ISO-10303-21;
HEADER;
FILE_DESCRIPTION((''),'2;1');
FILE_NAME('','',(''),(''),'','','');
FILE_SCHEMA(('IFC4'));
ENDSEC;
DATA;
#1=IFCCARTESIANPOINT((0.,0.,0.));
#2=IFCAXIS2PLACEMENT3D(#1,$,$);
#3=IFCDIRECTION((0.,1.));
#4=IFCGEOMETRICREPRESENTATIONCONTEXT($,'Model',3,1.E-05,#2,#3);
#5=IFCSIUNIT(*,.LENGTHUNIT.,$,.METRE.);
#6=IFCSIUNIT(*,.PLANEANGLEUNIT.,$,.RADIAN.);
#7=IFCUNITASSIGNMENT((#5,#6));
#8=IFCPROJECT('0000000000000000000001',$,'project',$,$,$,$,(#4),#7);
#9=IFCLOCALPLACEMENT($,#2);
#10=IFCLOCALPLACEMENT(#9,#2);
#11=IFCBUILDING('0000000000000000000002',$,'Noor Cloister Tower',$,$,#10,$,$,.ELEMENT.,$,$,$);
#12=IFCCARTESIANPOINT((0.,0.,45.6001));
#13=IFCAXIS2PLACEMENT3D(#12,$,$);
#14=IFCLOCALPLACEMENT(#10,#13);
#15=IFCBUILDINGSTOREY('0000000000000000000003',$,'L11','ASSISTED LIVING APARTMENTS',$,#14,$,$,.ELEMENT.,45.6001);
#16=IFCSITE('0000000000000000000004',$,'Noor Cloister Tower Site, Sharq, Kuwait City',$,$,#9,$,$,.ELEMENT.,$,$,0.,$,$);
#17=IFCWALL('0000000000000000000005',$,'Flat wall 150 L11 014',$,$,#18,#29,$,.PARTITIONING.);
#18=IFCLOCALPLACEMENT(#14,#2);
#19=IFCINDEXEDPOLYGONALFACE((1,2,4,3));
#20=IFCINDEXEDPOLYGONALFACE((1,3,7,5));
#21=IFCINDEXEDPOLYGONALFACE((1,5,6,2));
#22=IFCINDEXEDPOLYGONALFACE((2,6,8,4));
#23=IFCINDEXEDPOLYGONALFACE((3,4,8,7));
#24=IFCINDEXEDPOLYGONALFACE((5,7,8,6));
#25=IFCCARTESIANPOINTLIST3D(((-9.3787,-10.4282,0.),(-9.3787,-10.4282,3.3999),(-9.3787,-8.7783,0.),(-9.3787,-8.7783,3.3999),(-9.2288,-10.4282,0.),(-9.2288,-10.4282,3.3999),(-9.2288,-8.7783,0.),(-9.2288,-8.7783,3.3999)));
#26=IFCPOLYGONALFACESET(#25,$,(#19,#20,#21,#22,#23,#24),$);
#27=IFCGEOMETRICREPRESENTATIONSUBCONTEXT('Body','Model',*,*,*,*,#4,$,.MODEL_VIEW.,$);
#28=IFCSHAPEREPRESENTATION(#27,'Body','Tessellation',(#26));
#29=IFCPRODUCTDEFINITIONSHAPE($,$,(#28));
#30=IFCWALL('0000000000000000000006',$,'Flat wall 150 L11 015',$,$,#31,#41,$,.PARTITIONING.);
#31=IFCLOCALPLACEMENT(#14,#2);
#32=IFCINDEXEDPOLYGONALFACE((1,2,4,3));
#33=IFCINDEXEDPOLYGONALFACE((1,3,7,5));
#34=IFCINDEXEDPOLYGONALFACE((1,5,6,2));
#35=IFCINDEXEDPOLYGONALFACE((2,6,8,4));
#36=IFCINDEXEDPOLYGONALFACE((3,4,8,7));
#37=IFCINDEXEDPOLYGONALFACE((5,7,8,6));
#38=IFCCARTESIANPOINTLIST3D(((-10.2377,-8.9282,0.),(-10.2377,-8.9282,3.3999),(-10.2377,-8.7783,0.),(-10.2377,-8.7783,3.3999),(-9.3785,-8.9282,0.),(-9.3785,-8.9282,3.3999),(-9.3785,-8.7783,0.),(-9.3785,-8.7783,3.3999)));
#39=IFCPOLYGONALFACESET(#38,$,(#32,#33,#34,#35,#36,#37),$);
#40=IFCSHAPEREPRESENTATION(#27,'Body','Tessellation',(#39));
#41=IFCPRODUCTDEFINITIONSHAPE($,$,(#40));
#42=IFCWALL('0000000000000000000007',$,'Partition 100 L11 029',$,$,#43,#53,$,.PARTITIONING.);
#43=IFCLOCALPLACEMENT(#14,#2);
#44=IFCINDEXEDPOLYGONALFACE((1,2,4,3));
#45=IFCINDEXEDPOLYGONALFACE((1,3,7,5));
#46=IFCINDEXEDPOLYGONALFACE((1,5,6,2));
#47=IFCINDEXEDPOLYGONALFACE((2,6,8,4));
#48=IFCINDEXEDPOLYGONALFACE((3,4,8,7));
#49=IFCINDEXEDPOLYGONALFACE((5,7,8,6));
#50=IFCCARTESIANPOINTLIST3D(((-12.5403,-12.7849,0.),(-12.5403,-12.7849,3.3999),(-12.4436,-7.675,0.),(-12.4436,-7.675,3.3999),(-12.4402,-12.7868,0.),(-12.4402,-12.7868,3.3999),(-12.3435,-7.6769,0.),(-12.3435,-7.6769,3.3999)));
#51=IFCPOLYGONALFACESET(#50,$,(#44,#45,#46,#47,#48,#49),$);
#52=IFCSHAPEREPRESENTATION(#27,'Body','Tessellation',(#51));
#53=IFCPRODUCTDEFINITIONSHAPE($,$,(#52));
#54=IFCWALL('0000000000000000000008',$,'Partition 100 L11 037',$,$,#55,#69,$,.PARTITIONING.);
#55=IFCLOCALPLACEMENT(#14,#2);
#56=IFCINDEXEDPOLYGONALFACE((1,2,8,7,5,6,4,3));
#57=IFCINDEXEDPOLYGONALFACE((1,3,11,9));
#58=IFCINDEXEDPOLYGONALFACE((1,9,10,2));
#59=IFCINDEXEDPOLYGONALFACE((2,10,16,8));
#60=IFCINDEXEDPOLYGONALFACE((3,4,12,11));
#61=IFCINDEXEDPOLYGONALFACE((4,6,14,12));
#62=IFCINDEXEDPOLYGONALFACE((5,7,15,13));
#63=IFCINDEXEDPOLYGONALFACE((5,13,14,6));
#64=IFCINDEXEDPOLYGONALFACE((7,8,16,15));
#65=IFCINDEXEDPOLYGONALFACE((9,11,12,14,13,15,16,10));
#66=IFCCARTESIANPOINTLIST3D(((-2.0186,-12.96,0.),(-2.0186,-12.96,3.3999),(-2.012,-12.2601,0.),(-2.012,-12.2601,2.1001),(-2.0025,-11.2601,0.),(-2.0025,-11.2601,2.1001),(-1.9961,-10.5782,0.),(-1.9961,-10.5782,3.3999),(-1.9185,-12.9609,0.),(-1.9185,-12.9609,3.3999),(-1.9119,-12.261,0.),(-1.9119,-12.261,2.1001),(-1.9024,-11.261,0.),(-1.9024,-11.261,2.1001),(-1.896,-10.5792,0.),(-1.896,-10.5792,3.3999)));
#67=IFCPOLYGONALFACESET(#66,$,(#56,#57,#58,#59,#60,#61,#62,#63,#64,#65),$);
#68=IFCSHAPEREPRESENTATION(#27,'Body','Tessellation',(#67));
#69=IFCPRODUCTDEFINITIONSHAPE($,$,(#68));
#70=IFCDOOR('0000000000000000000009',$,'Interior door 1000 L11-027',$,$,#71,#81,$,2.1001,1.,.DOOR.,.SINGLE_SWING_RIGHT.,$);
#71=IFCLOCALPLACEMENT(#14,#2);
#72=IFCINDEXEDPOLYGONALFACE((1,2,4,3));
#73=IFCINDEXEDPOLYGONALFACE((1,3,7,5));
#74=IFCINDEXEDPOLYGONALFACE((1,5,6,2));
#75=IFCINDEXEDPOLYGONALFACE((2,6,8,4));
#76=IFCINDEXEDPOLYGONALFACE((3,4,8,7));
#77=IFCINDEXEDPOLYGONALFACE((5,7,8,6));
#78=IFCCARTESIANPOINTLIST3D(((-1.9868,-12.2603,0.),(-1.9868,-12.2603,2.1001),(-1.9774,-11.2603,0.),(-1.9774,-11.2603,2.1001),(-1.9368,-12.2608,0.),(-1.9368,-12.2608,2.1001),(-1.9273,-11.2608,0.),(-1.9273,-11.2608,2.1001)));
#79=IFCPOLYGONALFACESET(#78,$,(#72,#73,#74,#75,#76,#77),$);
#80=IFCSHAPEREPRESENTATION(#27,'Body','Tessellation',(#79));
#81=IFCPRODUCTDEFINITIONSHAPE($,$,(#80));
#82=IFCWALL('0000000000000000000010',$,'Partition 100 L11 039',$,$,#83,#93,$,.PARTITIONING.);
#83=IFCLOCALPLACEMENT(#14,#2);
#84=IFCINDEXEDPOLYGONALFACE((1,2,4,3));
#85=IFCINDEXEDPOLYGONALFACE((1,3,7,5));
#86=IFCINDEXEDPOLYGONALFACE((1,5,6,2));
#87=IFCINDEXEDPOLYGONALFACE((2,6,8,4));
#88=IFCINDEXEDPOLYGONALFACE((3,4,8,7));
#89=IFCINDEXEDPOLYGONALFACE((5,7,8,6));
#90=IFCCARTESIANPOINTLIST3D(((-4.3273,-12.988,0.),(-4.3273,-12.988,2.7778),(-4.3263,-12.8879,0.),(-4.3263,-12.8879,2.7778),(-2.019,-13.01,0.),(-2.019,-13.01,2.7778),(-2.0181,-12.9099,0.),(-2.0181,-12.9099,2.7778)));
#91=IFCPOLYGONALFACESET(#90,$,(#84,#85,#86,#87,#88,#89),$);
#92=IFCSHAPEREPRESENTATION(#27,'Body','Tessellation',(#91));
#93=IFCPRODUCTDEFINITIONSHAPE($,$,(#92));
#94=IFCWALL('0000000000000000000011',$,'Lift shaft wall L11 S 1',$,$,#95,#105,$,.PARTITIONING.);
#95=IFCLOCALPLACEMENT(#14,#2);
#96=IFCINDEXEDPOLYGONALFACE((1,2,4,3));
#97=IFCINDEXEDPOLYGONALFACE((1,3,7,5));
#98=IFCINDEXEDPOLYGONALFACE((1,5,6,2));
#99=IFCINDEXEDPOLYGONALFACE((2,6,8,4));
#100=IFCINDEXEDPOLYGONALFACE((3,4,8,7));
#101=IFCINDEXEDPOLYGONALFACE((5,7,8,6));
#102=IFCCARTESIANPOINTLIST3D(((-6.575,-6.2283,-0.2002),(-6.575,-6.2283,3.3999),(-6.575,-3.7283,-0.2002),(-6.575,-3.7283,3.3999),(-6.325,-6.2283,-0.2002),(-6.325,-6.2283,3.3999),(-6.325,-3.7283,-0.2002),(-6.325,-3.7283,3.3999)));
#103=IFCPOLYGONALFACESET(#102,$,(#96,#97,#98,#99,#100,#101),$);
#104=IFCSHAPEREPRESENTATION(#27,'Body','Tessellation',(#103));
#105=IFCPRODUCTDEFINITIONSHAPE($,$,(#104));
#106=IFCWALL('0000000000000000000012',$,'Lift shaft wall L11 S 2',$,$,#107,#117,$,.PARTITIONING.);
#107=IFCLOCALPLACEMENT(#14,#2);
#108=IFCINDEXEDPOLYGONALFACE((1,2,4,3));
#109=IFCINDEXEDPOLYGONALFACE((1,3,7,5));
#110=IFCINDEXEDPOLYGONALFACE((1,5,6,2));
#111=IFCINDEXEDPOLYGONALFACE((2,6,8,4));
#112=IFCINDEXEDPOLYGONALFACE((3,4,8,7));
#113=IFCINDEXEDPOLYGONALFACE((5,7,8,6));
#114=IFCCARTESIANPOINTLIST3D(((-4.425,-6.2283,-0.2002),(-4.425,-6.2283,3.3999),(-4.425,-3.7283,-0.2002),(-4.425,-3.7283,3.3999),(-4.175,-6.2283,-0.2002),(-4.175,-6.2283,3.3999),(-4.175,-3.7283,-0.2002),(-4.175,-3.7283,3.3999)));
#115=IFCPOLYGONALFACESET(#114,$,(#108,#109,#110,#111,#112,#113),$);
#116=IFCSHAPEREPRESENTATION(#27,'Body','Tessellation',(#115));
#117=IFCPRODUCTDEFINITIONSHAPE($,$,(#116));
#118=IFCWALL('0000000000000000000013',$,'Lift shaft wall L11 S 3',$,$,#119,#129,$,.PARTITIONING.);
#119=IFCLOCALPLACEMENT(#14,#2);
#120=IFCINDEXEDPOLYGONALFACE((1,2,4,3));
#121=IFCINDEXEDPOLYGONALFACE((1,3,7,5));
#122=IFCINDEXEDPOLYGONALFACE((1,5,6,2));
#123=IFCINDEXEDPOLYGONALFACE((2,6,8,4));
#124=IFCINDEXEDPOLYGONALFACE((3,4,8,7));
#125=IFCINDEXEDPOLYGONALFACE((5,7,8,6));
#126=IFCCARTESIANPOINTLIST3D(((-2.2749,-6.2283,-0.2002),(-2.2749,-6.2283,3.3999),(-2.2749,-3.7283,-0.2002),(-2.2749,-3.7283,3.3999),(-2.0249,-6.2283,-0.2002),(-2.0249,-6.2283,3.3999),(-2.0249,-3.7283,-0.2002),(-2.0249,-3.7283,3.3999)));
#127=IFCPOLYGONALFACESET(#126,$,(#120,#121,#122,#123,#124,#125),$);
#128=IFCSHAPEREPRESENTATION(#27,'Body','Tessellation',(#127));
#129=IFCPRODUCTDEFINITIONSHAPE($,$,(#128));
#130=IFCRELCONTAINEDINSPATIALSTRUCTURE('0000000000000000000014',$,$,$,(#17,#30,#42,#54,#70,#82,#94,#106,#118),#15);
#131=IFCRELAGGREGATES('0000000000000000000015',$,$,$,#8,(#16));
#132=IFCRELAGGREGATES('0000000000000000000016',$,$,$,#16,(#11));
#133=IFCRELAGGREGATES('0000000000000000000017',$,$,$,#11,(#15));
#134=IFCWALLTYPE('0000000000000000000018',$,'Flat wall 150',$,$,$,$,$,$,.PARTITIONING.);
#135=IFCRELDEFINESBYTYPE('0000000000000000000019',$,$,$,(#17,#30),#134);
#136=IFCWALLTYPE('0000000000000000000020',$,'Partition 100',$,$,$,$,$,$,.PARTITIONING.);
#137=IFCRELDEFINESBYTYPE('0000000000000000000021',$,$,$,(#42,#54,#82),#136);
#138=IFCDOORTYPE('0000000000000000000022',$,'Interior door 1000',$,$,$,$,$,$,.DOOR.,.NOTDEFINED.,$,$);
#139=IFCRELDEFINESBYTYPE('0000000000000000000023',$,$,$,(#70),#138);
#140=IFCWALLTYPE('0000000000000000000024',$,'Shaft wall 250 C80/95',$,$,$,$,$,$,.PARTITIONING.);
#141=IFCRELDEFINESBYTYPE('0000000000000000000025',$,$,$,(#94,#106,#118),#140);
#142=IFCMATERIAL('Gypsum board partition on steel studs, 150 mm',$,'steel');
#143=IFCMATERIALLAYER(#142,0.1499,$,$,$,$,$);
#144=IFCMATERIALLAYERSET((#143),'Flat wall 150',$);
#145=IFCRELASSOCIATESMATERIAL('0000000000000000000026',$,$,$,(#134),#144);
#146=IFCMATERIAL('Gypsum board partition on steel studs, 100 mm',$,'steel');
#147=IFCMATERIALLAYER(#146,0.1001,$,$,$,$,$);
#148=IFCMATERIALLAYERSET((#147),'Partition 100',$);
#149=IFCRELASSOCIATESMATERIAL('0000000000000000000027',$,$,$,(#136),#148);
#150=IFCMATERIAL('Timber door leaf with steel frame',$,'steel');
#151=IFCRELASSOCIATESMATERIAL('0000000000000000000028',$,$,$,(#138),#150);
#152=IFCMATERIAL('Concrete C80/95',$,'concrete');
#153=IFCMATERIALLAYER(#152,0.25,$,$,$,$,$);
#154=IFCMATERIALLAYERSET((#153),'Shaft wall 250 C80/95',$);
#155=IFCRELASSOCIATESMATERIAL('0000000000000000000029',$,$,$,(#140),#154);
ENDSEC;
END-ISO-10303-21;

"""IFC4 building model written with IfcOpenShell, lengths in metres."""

from ifc_helpers import new_model, si_unit, direction, frame, frame_2d, origin, place, context, subcontext, project, spatial, rectangle, extrude, material, layer, layer_set, type_object, element, fill, save


model = new_model("IFC4")

# Units and contexts
model_context = context("Model", 3, precision=1e-05, world=origin(), true_north=direction((0.0, 1.0)))
body_context = subcontext(model_context, "Body", "Model", "MODEL_VIEW")
ifc_project = project(units=[si_unit("LENGTHUNIT", "METRE"), si_unit("PLANEANGLEUNIT", "RADIAN")], contexts=[model_context])

# Site, building, storey
site_placement = place(None, origin())
site = spatial("IfcSite", under=ifc_project, at=site_placement, Name="Noor Cloister Tower Site, Sharq, Kuwait City", CompositionType="ELEMENT", RefElevation=0.0)
building_placement = place(site_placement, origin())
building = spatial("IfcBuilding", under=site, at=building_placement, Name="Noor Cloister Tower", CompositionType="ELEMENT")
storey_placement = place(building_placement, frame((0.0, 0.0, 45.6001)))
storey = spatial("IfcBuildingStorey", under=building, at=storey_placement, Name="L11", Description="ASSISTED LIVING APARTMENTS", CompositionType="ELEMENT", Elevation=45.6001)

# Walls
ifc_material_1 = material(Name="Gypsum board partition on steel studs, 150 mm", Category="steel")
ifc_layer_1 = layer(ifc_material_1, 0.1499)
ifc_layer_set_1 = layer_set([ifc_layer_1], Name="Flat wall 150")
wall_type_1 = type_object("IfcWallType", Name="Flat wall 150", PredefinedType="PARTITIONING", material=ifc_layer_set_1)
wall_1_placement = place(storey_placement, frame((-9.3037, -10.4282, 0.0), z_axis=(0.0, 0.0, 1.0), x_axis=(0.0, 1.0, 0.0)))
element("IfcWall", 1, at=wall_1_placement, inside=storey, type_object=wall_type_1, Name="Flat wall 150 L11 014", PredefinedType="PARTITIONING", context=body_context, shape_type="SweptSolid", body=[
    extrude(rectangle(XDim=1.6499, YDim=0.1499, at=frame_2d((0.825, 0.0))), origin(), (0.0, 0.0, 1.0), 3.3999),
])
wall_2_placement = place(storey_placement, frame((-10.2378, -8.8533, 0.0), z_axis=(0.0, 0.0, 1.0), x_axis=(1.0, 0.0, 0.0)))
element("IfcWall", 2, at=wall_2_placement, inside=storey, type_object=wall_type_1, Name="Flat wall 150 L11 015", PredefinedType="PARTITIONING", context=body_context, shape_type="SweptSolid", body=[
    extrude(rectangle(XDim=0.8591, YDim=0.1499, at=frame_2d((0.4297, 0.0))), origin(), (0.0, 0.0, 1.0), 3.3999),
])
ifc_material_2 = material(Name="Gypsum board partition on steel studs, 100 mm", Category="steel")
ifc_layer_2 = layer(ifc_material_2, 0.1001)
ifc_layer_set_2 = layer_set([ifc_layer_2], Name="Partition 100")
wall_type_2 = type_object("IfcWallType", Name="Partition 100", PredefinedType="PARTITIONING", material=ifc_layer_set_2)
wall_3_placement = place(storey_placement, frame((-12.4902, -12.7859, 0.0), z_axis=(0.0, 0.0, 1.0), x_axis=(0.018917, 0.999821, 0.0)))
element("IfcWall", 3, at=wall_3_placement, inside=storey, type_object=wall_type_2, Name="Partition 100 L11 029", PredefinedType="PARTITIONING", context=body_context, shape_type="SweptSolid", body=[
    extrude(rectangle(XDim=5.1108, YDim=0.1001, at=frame_2d((2.5554, 0.0))), origin(), (0.0, 0.0, 1.0), 3.3999),
])

# Wall, opening, door
wall_4_placement = place(storey_placement, frame((-1.9685, -12.9604, 0.0), z_axis=(0.0, 0.0, 1.0), x_axis=(0.00943, 0.999956, 0.0)))
wall_4 = element("IfcWall", 4, at=wall_4_placement, inside=storey, type_object=wall_type_2, Name="Partition 100 L11 037", PredefinedType="PARTITIONING", context=body_context, shape_type="SweptSolid", body=[
    extrude(rectangle(XDim=2.3818, YDim=0.1001, at=frame_2d((1.1909, 0.0))), origin(), (0.0, 0.0, 1.0), 3.3999),
])
opening_1_placement = place(wall_4_placement, frame((0.7, 0.0, 0.0)))
opening_1 = element("IfcOpeningElement", 5, at=opening_1_placement, cuts=wall_4, PredefinedType="OPENING", context=body_context, shape_type="SweptSolid", body=[
    extrude(rectangle(XDim=1.0, YDim=2.1001, at=frame_2d((0.5, 1.05))), frame((0.0, 0.0601, 0.0), z_axis=(0.0, -1.0, 0.0), x_axis=(1.0, 0.0, 0.0)), (0.0, 0.0, 1.0), 0.1201),
])
ifc_material_3 = material(Name="Timber door leaf with steel frame", Category="steel")
door_type_1 = type_object("IfcDoorType", Name="Interior door 1000", OperationType="NOTDEFINED", PredefinedType="DOOR", material=ifc_material_3)
door_1_placement = place(opening_1_placement, origin())
door_1 = element("IfcDoor", 6, at=door_1_placement, inside=storey, type_object=door_type_1, Name="Interior door 1000 L11-027", OperationType="SINGLE_SWING_RIGHT", OverallHeight=2.1001, OverallWidth=1.0, PredefinedType="DOOR", context=body_context, shape_type="SweptSolid", body=[
    extrude(rectangle(XDim=1.0, YDim=2.1001, at=frame_2d((0.5, 1.05))), frame((0.0, 0.0249, 0.0), z_axis=(0.0, -1.0, 0.0), x_axis=(1.0, 0.0, 0.0)), (0.0, 0.0, 1.0), 0.05),
])
fill(opening_1, door_1)

# Walls
wall_5_placement = place(storey_placement, frame((-4.3269, -12.938, 0.0), z_axis=(0.0, 0.0, 1.0), x_axis=(0.999955, -0.009518, 0.0)))
element("IfcWall", 7, at=wall_5_placement, inside=storey, type_object=wall_type_2, Name="Partition 100 L11 039", PredefinedType="PARTITIONING", context=body_context, shape_type="SweptSolid", body=[
    extrude(rectangle(XDim=2.3083, YDim=0.1001, at=frame_2d((1.1543, 0.0))), origin(), (0.0, 0.0, 1.0), 2.7778),
])
ifc_material_4 = material(Name="Concrete C80/95", Category="concrete")
ifc_layer_3 = layer(ifc_material_4, 0.25)
ifc_layer_set_3 = layer_set([ifc_layer_3], Name="Shaft wall 250 C80/95")
wall_type_3 = type_object("IfcWallType", Name="Shaft wall 250 C80/95", PredefinedType="PARTITIONING", material=ifc_layer_set_3)
for number, where, z_axis, x_axis, name in (
    (8, (-6.45, -6.2283, -0.2002), (0.0, 0.0, 1.0), (0.0, 1.0, 0.0), "Lift shaft wall L11 S 1"),
    (9, (-4.3, -6.2283, -0.2002), (0.0, 0.0, 1.0), (0.0, 1.0, 0.0), "Lift shaft wall L11 S 2"),
    (10, (-2.1499, -6.2283, -0.2002), (0.0, 0.0, 1.0), (0.0, 1.0, 0.0), "Lift shaft wall L11 S 3"),
):
    element("IfcWall", number, at=place(storey_placement, frame(where, z_axis=z_axis, x_axis=x_axis)), inside=storey, type_object=wall_type_3, Name=name, PredefinedType="PARTITIONING", context=body_context, shape_type="SweptSolid", body=[
        extrude(rectangle(XDim=2.5, YDim=0.25, at=frame_2d((1.25, 0.0))), origin(), (0.0, 0.0, 1.0), 3.6001),
    ])

save(model, "model.ifc")
